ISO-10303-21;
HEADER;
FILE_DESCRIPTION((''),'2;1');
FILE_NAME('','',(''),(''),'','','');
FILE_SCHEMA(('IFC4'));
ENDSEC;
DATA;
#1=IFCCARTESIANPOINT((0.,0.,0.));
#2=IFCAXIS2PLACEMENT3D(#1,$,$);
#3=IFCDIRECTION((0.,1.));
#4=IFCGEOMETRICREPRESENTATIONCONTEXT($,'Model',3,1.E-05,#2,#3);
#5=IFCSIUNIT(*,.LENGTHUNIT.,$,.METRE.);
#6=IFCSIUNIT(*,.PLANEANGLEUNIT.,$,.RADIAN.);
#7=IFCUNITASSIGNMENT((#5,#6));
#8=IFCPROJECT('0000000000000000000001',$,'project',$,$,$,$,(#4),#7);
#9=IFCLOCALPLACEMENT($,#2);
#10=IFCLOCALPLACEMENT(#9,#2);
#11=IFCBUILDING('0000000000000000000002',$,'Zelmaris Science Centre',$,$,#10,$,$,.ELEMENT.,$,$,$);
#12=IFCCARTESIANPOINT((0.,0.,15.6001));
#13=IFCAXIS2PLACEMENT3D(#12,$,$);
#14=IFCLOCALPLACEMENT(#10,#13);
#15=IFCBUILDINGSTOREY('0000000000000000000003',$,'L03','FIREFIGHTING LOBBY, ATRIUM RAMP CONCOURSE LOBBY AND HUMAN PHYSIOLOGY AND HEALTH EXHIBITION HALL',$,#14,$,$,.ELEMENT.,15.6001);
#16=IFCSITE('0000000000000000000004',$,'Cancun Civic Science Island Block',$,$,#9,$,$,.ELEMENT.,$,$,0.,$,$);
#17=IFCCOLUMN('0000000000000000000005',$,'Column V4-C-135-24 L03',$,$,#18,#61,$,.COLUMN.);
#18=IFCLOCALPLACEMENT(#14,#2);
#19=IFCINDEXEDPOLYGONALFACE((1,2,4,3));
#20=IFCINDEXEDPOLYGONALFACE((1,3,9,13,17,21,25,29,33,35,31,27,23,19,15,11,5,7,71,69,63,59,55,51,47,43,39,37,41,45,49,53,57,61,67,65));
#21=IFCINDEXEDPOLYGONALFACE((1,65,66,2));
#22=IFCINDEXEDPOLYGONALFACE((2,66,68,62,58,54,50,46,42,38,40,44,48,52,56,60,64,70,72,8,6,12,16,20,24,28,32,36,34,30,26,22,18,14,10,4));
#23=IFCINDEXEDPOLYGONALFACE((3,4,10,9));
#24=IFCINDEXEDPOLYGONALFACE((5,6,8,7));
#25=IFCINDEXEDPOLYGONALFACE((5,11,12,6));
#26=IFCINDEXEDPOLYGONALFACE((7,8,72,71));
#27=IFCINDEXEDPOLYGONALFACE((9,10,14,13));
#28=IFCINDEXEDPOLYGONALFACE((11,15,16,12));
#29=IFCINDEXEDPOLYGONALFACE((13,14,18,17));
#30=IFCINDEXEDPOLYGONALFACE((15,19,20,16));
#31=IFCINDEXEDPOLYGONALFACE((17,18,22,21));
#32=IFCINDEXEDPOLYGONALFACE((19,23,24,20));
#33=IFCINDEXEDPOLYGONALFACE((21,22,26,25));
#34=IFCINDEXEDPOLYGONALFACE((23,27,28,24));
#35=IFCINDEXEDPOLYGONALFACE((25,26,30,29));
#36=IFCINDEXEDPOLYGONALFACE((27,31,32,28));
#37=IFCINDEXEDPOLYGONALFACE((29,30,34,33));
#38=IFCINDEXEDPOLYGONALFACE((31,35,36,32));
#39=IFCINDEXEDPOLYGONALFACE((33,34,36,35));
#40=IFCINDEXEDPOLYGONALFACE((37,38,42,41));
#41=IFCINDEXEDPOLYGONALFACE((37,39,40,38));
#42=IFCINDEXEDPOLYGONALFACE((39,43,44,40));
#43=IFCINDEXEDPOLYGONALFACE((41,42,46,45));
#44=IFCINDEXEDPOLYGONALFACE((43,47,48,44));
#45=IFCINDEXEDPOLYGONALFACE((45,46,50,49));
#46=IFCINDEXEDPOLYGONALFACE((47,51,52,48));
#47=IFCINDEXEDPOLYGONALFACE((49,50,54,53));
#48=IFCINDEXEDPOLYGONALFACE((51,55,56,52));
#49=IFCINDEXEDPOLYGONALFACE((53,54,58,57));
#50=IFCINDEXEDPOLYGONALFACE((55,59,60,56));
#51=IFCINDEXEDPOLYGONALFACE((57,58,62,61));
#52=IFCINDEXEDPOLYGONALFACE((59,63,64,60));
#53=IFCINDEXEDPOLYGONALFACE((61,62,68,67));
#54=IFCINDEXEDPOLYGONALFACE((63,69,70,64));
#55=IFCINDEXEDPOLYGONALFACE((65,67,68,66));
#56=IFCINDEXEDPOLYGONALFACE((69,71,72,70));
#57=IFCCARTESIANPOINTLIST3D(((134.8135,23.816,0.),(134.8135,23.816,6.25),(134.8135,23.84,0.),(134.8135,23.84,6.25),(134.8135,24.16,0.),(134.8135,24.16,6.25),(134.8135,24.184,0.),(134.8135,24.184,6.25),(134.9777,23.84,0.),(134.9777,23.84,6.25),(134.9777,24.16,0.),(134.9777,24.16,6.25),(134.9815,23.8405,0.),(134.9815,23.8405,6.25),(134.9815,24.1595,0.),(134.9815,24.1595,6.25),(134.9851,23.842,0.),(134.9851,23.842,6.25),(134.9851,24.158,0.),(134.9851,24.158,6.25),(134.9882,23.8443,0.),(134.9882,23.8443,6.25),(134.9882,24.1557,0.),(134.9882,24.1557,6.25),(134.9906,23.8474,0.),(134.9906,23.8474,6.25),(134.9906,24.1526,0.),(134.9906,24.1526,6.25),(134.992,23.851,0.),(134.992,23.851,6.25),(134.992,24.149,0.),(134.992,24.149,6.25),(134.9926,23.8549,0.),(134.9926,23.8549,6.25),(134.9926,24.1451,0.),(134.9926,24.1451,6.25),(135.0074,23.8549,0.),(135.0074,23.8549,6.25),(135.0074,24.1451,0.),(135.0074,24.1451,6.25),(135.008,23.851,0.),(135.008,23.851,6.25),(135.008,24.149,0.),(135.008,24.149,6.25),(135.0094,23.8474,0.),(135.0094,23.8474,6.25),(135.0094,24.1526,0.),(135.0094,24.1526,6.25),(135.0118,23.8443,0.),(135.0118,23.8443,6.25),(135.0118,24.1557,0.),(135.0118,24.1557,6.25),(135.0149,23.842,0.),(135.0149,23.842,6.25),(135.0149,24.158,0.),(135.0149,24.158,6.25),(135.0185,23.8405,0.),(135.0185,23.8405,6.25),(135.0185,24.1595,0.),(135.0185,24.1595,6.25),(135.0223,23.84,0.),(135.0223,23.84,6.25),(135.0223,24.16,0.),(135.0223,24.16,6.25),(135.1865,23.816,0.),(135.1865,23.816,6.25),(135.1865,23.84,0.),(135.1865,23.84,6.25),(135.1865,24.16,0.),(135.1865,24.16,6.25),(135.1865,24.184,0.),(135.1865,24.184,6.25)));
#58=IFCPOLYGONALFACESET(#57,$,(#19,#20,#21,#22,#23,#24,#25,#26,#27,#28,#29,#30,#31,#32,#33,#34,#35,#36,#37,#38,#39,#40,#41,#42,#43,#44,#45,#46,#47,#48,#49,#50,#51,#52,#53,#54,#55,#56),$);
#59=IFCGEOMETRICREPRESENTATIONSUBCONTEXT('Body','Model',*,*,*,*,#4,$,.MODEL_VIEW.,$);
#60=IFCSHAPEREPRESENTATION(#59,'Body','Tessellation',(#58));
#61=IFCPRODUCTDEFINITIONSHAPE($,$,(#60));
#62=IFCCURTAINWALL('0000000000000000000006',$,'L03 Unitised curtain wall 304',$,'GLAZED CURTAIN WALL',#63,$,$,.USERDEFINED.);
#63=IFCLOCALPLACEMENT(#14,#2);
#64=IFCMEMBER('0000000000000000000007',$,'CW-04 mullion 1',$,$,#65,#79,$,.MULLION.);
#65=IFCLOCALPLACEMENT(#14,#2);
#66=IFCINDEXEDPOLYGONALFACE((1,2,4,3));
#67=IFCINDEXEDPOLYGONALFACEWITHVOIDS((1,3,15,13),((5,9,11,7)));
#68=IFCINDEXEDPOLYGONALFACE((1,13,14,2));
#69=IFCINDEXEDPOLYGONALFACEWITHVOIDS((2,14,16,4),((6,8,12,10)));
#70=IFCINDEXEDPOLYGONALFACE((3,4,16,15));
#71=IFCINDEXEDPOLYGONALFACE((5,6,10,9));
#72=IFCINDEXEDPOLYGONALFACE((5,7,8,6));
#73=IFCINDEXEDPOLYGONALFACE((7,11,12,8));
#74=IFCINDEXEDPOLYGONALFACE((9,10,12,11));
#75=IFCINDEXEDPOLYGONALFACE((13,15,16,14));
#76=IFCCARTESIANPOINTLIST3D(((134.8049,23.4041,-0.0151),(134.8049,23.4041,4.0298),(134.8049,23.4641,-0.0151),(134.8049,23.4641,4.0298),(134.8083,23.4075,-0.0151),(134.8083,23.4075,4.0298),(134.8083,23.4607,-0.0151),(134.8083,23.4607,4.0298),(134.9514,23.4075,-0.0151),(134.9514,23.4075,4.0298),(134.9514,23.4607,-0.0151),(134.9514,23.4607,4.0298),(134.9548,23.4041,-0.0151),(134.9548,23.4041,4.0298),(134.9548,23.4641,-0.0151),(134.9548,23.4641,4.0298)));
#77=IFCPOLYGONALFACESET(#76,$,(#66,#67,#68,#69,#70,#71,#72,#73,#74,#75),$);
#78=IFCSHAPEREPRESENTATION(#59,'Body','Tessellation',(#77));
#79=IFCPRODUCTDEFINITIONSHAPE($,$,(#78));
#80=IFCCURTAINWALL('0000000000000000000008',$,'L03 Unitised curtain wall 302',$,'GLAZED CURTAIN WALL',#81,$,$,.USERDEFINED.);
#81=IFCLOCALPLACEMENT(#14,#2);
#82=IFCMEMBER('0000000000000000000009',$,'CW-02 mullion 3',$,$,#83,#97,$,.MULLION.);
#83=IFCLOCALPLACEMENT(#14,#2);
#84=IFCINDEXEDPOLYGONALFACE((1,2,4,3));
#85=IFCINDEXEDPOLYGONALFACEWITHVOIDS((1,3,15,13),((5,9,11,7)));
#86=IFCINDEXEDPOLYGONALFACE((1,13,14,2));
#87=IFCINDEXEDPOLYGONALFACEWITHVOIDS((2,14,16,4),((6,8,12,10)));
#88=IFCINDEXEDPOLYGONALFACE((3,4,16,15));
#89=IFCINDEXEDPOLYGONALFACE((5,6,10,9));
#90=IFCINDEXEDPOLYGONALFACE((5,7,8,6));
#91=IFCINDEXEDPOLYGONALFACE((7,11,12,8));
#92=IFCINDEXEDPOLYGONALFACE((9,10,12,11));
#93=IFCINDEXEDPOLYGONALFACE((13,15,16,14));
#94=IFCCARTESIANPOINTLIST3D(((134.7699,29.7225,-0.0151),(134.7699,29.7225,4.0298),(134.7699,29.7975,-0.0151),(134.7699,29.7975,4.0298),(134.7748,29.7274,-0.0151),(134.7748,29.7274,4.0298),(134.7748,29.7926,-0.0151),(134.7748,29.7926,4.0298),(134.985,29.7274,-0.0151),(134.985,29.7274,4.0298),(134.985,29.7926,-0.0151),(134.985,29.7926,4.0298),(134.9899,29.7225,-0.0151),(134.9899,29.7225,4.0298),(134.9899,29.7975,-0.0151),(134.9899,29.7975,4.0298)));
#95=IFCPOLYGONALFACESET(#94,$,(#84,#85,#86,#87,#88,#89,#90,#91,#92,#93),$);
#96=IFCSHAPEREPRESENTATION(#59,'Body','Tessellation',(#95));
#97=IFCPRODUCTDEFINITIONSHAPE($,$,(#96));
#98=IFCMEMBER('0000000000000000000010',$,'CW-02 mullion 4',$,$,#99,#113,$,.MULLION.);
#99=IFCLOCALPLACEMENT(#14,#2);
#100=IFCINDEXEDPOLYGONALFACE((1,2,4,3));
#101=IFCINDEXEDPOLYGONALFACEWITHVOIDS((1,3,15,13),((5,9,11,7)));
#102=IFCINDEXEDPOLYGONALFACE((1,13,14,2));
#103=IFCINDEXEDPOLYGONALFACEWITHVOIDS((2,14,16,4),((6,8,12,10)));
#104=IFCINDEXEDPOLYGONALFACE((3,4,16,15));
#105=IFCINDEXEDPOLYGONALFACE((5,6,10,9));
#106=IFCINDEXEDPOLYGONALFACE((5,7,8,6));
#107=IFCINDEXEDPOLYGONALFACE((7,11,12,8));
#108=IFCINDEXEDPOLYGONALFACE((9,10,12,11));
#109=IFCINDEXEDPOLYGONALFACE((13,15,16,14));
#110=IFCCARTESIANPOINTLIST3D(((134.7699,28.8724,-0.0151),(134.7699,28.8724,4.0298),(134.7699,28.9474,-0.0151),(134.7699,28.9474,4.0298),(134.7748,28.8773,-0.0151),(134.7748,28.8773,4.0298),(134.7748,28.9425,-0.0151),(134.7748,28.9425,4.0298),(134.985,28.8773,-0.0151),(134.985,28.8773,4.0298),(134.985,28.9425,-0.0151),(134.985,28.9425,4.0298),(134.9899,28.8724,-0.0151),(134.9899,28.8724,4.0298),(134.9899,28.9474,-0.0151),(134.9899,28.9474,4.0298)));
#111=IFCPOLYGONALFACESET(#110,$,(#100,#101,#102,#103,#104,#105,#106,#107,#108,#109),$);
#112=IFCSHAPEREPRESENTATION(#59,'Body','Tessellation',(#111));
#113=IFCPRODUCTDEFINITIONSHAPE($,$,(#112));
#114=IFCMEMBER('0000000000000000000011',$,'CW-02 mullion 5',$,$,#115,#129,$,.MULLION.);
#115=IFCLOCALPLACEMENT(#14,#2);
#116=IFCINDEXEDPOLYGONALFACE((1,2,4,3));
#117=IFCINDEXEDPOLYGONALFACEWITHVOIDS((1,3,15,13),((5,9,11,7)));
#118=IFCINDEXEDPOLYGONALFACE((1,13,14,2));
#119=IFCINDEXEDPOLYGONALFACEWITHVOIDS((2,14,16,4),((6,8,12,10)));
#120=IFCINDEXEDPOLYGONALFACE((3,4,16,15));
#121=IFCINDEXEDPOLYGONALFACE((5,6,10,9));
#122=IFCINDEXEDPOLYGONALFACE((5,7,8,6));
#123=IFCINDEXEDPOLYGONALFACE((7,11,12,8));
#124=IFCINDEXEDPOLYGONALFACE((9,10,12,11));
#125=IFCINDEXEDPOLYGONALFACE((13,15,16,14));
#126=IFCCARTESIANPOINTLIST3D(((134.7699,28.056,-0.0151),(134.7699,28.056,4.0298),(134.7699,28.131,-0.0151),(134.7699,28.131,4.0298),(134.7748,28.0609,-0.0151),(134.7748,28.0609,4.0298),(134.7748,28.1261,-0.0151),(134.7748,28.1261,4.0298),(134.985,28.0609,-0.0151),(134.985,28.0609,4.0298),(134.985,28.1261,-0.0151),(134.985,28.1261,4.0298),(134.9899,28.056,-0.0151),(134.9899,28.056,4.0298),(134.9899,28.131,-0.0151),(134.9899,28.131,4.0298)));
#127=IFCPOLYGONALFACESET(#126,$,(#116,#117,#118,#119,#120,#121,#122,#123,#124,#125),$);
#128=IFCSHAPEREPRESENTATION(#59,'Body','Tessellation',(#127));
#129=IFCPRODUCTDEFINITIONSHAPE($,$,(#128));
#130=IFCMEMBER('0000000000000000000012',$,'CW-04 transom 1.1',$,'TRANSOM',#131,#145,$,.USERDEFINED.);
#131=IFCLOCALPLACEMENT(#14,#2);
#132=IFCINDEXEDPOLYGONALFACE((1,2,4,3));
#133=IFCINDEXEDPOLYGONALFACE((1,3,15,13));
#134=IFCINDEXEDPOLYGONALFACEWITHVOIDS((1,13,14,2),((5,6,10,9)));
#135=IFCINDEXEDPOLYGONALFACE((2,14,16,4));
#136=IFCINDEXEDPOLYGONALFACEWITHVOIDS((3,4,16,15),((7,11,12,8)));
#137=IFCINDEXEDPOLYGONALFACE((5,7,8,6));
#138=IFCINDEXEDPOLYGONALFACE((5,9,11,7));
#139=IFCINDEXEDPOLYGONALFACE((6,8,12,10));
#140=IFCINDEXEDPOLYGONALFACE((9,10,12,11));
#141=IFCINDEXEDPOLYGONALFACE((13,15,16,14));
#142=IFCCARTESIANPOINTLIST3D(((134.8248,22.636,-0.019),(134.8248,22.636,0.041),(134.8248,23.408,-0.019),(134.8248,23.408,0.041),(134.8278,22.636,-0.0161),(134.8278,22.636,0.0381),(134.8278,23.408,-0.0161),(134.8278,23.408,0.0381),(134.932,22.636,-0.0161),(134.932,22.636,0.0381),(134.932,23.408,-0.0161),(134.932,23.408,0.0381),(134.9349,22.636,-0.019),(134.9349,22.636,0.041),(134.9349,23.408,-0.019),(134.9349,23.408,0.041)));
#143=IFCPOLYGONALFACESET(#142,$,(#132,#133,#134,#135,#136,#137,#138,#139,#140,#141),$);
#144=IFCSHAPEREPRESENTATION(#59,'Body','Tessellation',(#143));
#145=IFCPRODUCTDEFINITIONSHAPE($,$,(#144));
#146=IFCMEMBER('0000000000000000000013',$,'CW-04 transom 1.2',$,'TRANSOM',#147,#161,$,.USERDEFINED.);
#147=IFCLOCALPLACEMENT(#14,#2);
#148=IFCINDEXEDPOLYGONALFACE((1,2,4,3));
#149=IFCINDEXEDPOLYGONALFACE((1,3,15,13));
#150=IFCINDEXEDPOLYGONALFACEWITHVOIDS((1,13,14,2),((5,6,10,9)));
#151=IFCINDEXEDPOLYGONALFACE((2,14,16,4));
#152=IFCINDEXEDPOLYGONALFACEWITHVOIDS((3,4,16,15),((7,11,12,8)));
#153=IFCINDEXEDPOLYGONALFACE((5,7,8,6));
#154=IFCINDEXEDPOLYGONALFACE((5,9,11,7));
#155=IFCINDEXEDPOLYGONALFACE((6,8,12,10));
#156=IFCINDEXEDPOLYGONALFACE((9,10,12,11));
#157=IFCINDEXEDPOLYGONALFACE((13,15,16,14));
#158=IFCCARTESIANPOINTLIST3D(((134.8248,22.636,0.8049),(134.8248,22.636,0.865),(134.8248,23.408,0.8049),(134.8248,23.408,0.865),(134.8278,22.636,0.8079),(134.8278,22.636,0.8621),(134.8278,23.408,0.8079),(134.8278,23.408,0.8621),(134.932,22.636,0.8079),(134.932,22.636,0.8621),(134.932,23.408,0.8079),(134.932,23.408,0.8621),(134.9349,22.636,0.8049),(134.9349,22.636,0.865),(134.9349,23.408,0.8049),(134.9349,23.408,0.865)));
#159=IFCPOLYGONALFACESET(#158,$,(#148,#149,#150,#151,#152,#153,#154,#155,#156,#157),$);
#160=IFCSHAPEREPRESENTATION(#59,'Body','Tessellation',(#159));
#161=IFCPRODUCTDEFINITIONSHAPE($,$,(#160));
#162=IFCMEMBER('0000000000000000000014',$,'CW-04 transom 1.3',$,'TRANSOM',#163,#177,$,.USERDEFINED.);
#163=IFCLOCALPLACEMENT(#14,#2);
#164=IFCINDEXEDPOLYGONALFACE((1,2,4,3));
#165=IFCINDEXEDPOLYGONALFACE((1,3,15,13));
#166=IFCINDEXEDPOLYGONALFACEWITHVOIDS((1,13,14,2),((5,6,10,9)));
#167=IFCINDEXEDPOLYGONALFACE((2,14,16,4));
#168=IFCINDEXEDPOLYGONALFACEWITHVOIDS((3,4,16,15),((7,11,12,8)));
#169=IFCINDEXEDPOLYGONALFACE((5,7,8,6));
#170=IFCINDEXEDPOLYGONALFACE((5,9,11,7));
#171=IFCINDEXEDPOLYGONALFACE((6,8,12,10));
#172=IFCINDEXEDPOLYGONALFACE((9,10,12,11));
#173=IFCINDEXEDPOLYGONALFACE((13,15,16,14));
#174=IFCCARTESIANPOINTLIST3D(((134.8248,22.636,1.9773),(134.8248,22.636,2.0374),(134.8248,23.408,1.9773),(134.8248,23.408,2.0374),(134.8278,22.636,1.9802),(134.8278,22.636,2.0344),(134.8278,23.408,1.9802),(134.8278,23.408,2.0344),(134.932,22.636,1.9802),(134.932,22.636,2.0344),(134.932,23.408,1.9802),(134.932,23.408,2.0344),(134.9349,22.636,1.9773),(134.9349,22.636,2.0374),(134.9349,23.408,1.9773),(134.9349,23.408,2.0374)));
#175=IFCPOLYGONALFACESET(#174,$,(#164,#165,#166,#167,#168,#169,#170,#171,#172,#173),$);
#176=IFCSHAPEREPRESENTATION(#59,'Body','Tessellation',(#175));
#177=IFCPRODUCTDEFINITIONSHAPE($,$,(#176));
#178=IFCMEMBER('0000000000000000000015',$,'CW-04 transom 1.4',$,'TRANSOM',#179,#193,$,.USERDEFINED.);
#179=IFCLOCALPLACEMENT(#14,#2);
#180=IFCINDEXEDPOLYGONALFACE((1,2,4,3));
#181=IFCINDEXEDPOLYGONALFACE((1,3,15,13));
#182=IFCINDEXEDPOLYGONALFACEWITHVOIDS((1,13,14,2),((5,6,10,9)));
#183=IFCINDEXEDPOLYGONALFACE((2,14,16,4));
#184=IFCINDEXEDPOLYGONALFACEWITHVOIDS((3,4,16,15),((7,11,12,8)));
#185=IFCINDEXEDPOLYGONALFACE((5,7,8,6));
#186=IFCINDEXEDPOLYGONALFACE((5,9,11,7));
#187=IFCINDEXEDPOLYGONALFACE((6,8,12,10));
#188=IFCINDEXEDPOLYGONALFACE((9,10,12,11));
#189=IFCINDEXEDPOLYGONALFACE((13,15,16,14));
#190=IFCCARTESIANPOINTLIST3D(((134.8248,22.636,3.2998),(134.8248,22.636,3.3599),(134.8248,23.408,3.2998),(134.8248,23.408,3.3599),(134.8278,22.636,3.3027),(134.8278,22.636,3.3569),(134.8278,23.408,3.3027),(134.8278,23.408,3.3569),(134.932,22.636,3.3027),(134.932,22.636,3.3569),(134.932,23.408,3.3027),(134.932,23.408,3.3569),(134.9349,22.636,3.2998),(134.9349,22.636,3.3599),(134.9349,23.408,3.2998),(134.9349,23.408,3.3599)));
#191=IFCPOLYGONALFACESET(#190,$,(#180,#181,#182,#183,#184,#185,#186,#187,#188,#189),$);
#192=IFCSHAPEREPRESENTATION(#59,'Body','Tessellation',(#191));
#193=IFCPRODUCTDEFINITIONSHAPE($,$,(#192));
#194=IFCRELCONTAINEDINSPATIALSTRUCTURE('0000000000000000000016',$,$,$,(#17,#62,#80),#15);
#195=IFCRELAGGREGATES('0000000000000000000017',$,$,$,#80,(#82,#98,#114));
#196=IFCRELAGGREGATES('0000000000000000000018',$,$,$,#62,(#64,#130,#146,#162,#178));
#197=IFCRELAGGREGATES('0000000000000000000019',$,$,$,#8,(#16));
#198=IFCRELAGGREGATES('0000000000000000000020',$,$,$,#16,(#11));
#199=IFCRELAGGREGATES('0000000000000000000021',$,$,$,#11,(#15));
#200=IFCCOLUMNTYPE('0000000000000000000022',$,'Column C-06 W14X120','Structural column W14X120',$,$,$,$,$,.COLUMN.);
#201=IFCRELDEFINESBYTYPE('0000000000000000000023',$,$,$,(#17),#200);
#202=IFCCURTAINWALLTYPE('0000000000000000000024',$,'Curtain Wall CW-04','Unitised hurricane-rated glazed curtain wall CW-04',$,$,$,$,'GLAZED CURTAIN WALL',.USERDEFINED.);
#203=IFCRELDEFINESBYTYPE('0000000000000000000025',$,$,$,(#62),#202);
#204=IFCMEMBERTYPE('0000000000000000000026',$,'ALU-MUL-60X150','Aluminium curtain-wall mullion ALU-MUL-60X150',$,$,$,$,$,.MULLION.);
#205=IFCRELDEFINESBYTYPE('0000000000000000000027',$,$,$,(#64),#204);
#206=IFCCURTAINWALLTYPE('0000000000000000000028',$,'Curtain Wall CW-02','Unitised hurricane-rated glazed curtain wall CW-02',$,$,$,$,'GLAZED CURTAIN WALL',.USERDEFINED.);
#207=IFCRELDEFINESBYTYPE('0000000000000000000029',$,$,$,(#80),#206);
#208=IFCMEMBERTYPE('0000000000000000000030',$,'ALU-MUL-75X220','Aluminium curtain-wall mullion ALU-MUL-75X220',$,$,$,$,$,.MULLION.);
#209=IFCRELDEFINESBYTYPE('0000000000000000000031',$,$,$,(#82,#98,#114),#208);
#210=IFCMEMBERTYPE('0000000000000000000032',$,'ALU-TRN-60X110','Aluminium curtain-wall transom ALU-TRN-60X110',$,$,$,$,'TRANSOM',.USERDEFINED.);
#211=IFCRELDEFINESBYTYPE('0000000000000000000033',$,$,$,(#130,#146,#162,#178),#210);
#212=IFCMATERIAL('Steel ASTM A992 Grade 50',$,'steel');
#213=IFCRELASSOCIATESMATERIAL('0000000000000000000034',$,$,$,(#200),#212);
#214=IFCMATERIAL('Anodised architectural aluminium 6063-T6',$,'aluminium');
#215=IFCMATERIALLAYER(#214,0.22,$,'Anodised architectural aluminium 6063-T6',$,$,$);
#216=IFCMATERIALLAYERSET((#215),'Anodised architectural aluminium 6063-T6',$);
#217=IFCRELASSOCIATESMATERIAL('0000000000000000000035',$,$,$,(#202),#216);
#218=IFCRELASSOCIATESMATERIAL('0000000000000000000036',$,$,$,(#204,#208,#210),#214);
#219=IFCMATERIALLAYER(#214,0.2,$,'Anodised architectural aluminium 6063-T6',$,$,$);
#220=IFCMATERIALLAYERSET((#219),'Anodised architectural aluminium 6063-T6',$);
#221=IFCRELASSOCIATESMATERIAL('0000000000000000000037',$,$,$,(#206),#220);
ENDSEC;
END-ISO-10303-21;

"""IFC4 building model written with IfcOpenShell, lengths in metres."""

from ifc_helpers import new_model, si_unit, direction, frame, origin, origin_2d, place, context, subcontext, project, spatial, hollow_rectangle, i_section, extrude, material, layer, layer_set, material_profile, profile_set, type_object, element, aggregate, save


model = new_model("IFC4")

# Units and contexts
model_context = context("Model", 3, precision=1e-05, world=origin(), true_north=direction((0.0, 1.0)))
body_context = subcontext(model_context, "Body", "Model", "MODEL_VIEW")
ifc_project = project(units=[si_unit("LENGTHUNIT", "METRE"), si_unit("PLANEANGLEUNIT", "RADIAN")], contexts=[model_context])

# Site, building, storey
site_placement = place(None, origin())
site = spatial("IfcSite", under=ifc_project, at=site_placement, Name="Cancun Civic Science Island Block", CompositionType="ELEMENT", RefElevation=0.0)
building_placement = place(site_placement, origin())
building = spatial("IfcBuilding", under=site, at=building_placement, Name="Zelmaris Science Centre", CompositionType="ELEMENT")
storey_placement = place(building_placement, frame((0.0, 0.0, 15.6001)))
storey = spatial("IfcBuildingStorey", under=building, at=storey_placement, Name="L03", Description="FIREFIGHTING LOBBY, ATRIUM RAMP CONCOURSE LOBBY AND HUMAN PHYSIOLOGY AND HEALTH EXHIBITION HALL", CompositionType="ELEMENT", Elevation=15.6001)

# Column
ifc_material_1 = material(Name="Steel ASTM A992 Grade 50", Category="steel")
ifc_material_profile_1 = material_profile(ifc_material_1, i_section(OverallWidth=0.373, OverallDepth=0.3679, WebThickness=0.0149, FlangeThickness=0.0239, FilletRadius=0.0149, at=origin_2d()), Name="W14X120")
ifc_profile_set_1 = profile_set([ifc_material_profile_1], Name="Steel ASTM A992 Grade 50")
column_type = type_object("IfcColumnType", Name="Column C-06 W14X120", Description="Structural column W14X120", PredefinedType="COLUMN", material=ifc_profile_set_1)
column_placement = place(storey_placement, frame((135.0, 24.0, 0.0), z_axis=(0.0, 0.0, 1.0), x_axis=(1.0, 0.0, 0.0)))
element("IfcColumn", 1, at=column_placement, inside=storey, type_object=column_type, Name="Column V4-C-135-24 L03", PredefinedType="COLUMN", context=body_context, shape_type="SweptSolid", body=[
    extrude(i_section(OverallWidth=0.373, OverallDepth=0.3679, WebThickness=0.0149, FlangeThickness=0.0239, FilletRadius=0.0149, at=origin_2d()), origin(), (0.0, 0.0, 1.0), 6.25),
])

# Curtain wall, member
ifc_material_2 = material(Name="Anodised architectural aluminium 6063-T6", Category="aluminium")
ifc_layer_1 = layer(ifc_material_2, 0.22, Name="Anodised architectural aluminium 6063-T6")
ifc_layer_set_1 = layer_set([ifc_layer_1], Name="Anodised architectural aluminium 6063-T6")
curtain_wall_type_1 = type_object("IfcCurtainWallType", Name="Curtain Wall CW-04", Description="Unitised hurricane-rated glazed curtain wall CW-04", ElementType="GLAZED CURTAIN WALL", PredefinedType="USERDEFINED", material=ifc_layer_set_1)
curtain_wall_1_placement = place(storey_placement, origin())
curtain_wall_1 = element("IfcCurtainWall", 2, at=curtain_wall_1_placement, inside=storey, type_object=curtain_wall_type_1, Name="L03 Unitised curtain wall 304", ObjectType="GLAZED CURTAIN WALL", PredefinedType="USERDEFINED")
ifc_material_profile_2 = material_profile(ifc_material_2, hollow_rectangle(XDim=0.0601, YDim=0.1499, WallThickness=0.0034, at=origin_2d()), Name="ALU-MUL-60X150")
ifc_profile_set_2 = profile_set([ifc_material_profile_2], Name="Anodised architectural aluminium 6063-T6")
member_type_1 = type_object("IfcMemberType", Name="ALU-MUL-60X150", Description="Aluminium curtain-wall mullion ALU-MUL-60X150", PredefinedType="MULLION", material=ifc_profile_set_2)
member_1_placement = place(storey_placement, frame((134.8799, 23.4341, -0.0151), z_axis=(0.0, 0.0, 1.0), x_axis=(0.0, -1.0, 0.0)))
member_1 = element("IfcMember", 3, at=member_1_placement, type_object=member_type_1, Name="CW-04 mullion 1", PredefinedType="MULLION", context=body_context, shape_type="SweptSolid", body=[
    extrude(hollow_rectangle(XDim=0.0601, YDim=0.1499, WallThickness=0.0034, at=origin_2d()), origin(), (0.0, 0.0, 1.0), 4.0449),
])

# Curtain wall, members
ifc_layer_2 = layer(ifc_material_2, 0.2, Name="Anodised architectural aluminium 6063-T6")
ifc_layer_set_2 = layer_set([ifc_layer_2], Name="Anodised architectural aluminium 6063-T6")
curtain_wall_type_2 = type_object("IfcCurtainWallType", Name="Curtain Wall CW-02", Description="Unitised hurricane-rated glazed curtain wall CW-02", ElementType="GLAZED CURTAIN WALL", PredefinedType="USERDEFINED", material=ifc_layer_set_2)
curtain_wall_2_placement = place(storey_placement, origin())
curtain_wall_2 = element("IfcCurtainWall", 4, at=curtain_wall_2_placement, inside=storey, type_object=curtain_wall_type_2, Name="L03 Unitised curtain wall 302", ObjectType="GLAZED CURTAIN WALL", PredefinedType="USERDEFINED")
ifc_material_profile_3 = material_profile(ifc_material_2, hollow_rectangle(XDim=0.075, YDim=0.22, WallThickness=0.0049, at=origin_2d()), Name="ALU-MUL-75X220")
ifc_profile_set_3 = profile_set([ifc_material_profile_3], Name="Anodised architectural aluminium 6063-T6")
member_type_2 = type_object("IfcMemberType", Name="ALU-MUL-75X220", Description="Aluminium curtain-wall mullion ALU-MUL-75X220", PredefinedType="MULLION", material=ifc_profile_set_3)
member_2_placement = place(storey_placement, frame((134.8799, 29.76, -0.0151), z_axis=(0.0, 0.0, 1.0), x_axis=(0.0, -1.0, 0.0)))
member_2 = element("IfcMember", 5, at=member_2_placement, type_object=member_type_2, Name="CW-02 mullion 3", PredefinedType="MULLION", context=body_context, shape_type="SweptSolid", body=[
    extrude(hollow_rectangle(XDim=0.075, YDim=0.22, WallThickness=0.0049, at=origin_2d()), origin(), (0.0, 0.0, 1.0), 4.0449),
])
member_3_placement = place(storey_placement, frame((134.8799, 28.9099, -0.0151), z_axis=(0.0, 0.0, 1.0), x_axis=(0.0, -1.0, 0.0)))
member_3 = element("IfcMember", 6, at=member_3_placement, type_object=member_type_2, Name="CW-02 mullion 4", PredefinedType="MULLION", context=body_context, shape_type="SweptSolid", body=[
    extrude(hollow_rectangle(XDim=0.075, YDim=0.22, WallThickness=0.0049, at=origin_2d()), origin(), (0.0, 0.0, 1.0), 4.0449),
])
member_4_placement = place(storey_placement, frame((134.8799, 28.0935, -0.0151), z_axis=(0.0, 0.0, 1.0), x_axis=(0.0, -1.0, 0.0)))
member_4 = element("IfcMember", 7, at=member_4_placement, type_object=member_type_2, Name="CW-02 mullion 5", PredefinedType="MULLION", context=body_context, shape_type="SweptSolid", body=[
    extrude(hollow_rectangle(XDim=0.075, YDim=0.22, WallThickness=0.0049, at=origin_2d()), origin(), (0.0, 0.0, 1.0), 4.0449),
])

# Members
ifc_material_profile_4 = material_profile(ifc_material_2, hollow_rectangle(XDim=0.0601, YDim=0.1101, WallThickness=0.0029, at=origin_2d()), Name="ALU-TRN-60X110")
ifc_profile_set_4 = profile_set([ifc_material_profile_4], Name="Anodised architectural aluminium 6063-T6")
member_type_3 = type_object("IfcMemberType", Name="ALU-TRN-60X110", Description="Aluminium curtain-wall transom ALU-TRN-60X110", ElementType="TRANSOM", PredefinedType="USERDEFINED", material=ifc_profile_set_4)
member_5_placement = place(storey_placement, frame((134.8799, 23.408, 0.011), z_axis=(0.0, -1.0, 0.0), x_axis=(0.0, 0.0, 1.0)))
member_5 = element("IfcMember", 8, at=member_5_placement, type_object=member_type_3, Name="CW-04 transom 1.1", ObjectType="TRANSOM", PredefinedType="USERDEFINED", context=body_context, shape_type="SweptSolid", body=[
    extrude(hollow_rectangle(XDim=0.0601, YDim=0.1101, WallThickness=0.0029, at=origin_2d()), origin(), (0.0, 0.0, 1.0), 0.772),
])
member_6_placement = place(storey_placement, frame((134.8799, 23.408, 0.835), z_axis=(0.0, -1.0, 0.0), x_axis=(0.0, 0.0, 1.0)))
member_6 = element("IfcMember", 9, at=member_6_placement, type_object=member_type_3, Name="CW-04 transom 1.2", ObjectType="TRANSOM", PredefinedType="USERDEFINED", context=body_context, shape_type="SweptSolid", body=[
    extrude(hollow_rectangle(XDim=0.0601, YDim=0.1101, WallThickness=0.0029, at=origin_2d()), origin(), (0.0, 0.0, 1.0), 0.772),
])
member_7_placement = place(storey_placement, frame((134.8799, 23.408, 2.0073), z_axis=(0.0, -1.0, 0.0), x_axis=(0.0, 0.0, 1.0)))
member_7 = element("IfcMember", 10, at=member_7_placement, type_object=member_type_3, Name="CW-04 transom 1.3", ObjectType="TRANSOM", PredefinedType="USERDEFINED", context=body_context, shape_type="SweptSolid", body=[
    extrude(hollow_rectangle(XDim=0.0601, YDim=0.1101, WallThickness=0.0029, at=origin_2d()), origin(), (0.0, 0.0, 1.0), 0.772),
])
member_8_placement = place(storey_placement, frame((134.8799, 23.408, 3.3298), z_axis=(0.0, -1.0, 0.0), x_axis=(0.0, 0.0, 1.0)))
member_8 = element("IfcMember", 11, at=member_8_placement, type_object=member_type_3, Name="CW-04 transom 1.4", ObjectType="TRANSOM", PredefinedType="USERDEFINED", context=body_context, shape_type="SweptSolid", body=[
    extrude(hollow_rectangle(XDim=0.0601, YDim=0.1101, WallThickness=0.0029, at=origin_2d()), origin(), (0.0, 0.0, 1.0), 0.772),
])

aggregate(curtain_wall_2, [member_2, member_3, member_4])
aggregate(curtain_wall_1, [member_1, member_5, member_6, member_7, member_8])

save(model, "model.ifc")
